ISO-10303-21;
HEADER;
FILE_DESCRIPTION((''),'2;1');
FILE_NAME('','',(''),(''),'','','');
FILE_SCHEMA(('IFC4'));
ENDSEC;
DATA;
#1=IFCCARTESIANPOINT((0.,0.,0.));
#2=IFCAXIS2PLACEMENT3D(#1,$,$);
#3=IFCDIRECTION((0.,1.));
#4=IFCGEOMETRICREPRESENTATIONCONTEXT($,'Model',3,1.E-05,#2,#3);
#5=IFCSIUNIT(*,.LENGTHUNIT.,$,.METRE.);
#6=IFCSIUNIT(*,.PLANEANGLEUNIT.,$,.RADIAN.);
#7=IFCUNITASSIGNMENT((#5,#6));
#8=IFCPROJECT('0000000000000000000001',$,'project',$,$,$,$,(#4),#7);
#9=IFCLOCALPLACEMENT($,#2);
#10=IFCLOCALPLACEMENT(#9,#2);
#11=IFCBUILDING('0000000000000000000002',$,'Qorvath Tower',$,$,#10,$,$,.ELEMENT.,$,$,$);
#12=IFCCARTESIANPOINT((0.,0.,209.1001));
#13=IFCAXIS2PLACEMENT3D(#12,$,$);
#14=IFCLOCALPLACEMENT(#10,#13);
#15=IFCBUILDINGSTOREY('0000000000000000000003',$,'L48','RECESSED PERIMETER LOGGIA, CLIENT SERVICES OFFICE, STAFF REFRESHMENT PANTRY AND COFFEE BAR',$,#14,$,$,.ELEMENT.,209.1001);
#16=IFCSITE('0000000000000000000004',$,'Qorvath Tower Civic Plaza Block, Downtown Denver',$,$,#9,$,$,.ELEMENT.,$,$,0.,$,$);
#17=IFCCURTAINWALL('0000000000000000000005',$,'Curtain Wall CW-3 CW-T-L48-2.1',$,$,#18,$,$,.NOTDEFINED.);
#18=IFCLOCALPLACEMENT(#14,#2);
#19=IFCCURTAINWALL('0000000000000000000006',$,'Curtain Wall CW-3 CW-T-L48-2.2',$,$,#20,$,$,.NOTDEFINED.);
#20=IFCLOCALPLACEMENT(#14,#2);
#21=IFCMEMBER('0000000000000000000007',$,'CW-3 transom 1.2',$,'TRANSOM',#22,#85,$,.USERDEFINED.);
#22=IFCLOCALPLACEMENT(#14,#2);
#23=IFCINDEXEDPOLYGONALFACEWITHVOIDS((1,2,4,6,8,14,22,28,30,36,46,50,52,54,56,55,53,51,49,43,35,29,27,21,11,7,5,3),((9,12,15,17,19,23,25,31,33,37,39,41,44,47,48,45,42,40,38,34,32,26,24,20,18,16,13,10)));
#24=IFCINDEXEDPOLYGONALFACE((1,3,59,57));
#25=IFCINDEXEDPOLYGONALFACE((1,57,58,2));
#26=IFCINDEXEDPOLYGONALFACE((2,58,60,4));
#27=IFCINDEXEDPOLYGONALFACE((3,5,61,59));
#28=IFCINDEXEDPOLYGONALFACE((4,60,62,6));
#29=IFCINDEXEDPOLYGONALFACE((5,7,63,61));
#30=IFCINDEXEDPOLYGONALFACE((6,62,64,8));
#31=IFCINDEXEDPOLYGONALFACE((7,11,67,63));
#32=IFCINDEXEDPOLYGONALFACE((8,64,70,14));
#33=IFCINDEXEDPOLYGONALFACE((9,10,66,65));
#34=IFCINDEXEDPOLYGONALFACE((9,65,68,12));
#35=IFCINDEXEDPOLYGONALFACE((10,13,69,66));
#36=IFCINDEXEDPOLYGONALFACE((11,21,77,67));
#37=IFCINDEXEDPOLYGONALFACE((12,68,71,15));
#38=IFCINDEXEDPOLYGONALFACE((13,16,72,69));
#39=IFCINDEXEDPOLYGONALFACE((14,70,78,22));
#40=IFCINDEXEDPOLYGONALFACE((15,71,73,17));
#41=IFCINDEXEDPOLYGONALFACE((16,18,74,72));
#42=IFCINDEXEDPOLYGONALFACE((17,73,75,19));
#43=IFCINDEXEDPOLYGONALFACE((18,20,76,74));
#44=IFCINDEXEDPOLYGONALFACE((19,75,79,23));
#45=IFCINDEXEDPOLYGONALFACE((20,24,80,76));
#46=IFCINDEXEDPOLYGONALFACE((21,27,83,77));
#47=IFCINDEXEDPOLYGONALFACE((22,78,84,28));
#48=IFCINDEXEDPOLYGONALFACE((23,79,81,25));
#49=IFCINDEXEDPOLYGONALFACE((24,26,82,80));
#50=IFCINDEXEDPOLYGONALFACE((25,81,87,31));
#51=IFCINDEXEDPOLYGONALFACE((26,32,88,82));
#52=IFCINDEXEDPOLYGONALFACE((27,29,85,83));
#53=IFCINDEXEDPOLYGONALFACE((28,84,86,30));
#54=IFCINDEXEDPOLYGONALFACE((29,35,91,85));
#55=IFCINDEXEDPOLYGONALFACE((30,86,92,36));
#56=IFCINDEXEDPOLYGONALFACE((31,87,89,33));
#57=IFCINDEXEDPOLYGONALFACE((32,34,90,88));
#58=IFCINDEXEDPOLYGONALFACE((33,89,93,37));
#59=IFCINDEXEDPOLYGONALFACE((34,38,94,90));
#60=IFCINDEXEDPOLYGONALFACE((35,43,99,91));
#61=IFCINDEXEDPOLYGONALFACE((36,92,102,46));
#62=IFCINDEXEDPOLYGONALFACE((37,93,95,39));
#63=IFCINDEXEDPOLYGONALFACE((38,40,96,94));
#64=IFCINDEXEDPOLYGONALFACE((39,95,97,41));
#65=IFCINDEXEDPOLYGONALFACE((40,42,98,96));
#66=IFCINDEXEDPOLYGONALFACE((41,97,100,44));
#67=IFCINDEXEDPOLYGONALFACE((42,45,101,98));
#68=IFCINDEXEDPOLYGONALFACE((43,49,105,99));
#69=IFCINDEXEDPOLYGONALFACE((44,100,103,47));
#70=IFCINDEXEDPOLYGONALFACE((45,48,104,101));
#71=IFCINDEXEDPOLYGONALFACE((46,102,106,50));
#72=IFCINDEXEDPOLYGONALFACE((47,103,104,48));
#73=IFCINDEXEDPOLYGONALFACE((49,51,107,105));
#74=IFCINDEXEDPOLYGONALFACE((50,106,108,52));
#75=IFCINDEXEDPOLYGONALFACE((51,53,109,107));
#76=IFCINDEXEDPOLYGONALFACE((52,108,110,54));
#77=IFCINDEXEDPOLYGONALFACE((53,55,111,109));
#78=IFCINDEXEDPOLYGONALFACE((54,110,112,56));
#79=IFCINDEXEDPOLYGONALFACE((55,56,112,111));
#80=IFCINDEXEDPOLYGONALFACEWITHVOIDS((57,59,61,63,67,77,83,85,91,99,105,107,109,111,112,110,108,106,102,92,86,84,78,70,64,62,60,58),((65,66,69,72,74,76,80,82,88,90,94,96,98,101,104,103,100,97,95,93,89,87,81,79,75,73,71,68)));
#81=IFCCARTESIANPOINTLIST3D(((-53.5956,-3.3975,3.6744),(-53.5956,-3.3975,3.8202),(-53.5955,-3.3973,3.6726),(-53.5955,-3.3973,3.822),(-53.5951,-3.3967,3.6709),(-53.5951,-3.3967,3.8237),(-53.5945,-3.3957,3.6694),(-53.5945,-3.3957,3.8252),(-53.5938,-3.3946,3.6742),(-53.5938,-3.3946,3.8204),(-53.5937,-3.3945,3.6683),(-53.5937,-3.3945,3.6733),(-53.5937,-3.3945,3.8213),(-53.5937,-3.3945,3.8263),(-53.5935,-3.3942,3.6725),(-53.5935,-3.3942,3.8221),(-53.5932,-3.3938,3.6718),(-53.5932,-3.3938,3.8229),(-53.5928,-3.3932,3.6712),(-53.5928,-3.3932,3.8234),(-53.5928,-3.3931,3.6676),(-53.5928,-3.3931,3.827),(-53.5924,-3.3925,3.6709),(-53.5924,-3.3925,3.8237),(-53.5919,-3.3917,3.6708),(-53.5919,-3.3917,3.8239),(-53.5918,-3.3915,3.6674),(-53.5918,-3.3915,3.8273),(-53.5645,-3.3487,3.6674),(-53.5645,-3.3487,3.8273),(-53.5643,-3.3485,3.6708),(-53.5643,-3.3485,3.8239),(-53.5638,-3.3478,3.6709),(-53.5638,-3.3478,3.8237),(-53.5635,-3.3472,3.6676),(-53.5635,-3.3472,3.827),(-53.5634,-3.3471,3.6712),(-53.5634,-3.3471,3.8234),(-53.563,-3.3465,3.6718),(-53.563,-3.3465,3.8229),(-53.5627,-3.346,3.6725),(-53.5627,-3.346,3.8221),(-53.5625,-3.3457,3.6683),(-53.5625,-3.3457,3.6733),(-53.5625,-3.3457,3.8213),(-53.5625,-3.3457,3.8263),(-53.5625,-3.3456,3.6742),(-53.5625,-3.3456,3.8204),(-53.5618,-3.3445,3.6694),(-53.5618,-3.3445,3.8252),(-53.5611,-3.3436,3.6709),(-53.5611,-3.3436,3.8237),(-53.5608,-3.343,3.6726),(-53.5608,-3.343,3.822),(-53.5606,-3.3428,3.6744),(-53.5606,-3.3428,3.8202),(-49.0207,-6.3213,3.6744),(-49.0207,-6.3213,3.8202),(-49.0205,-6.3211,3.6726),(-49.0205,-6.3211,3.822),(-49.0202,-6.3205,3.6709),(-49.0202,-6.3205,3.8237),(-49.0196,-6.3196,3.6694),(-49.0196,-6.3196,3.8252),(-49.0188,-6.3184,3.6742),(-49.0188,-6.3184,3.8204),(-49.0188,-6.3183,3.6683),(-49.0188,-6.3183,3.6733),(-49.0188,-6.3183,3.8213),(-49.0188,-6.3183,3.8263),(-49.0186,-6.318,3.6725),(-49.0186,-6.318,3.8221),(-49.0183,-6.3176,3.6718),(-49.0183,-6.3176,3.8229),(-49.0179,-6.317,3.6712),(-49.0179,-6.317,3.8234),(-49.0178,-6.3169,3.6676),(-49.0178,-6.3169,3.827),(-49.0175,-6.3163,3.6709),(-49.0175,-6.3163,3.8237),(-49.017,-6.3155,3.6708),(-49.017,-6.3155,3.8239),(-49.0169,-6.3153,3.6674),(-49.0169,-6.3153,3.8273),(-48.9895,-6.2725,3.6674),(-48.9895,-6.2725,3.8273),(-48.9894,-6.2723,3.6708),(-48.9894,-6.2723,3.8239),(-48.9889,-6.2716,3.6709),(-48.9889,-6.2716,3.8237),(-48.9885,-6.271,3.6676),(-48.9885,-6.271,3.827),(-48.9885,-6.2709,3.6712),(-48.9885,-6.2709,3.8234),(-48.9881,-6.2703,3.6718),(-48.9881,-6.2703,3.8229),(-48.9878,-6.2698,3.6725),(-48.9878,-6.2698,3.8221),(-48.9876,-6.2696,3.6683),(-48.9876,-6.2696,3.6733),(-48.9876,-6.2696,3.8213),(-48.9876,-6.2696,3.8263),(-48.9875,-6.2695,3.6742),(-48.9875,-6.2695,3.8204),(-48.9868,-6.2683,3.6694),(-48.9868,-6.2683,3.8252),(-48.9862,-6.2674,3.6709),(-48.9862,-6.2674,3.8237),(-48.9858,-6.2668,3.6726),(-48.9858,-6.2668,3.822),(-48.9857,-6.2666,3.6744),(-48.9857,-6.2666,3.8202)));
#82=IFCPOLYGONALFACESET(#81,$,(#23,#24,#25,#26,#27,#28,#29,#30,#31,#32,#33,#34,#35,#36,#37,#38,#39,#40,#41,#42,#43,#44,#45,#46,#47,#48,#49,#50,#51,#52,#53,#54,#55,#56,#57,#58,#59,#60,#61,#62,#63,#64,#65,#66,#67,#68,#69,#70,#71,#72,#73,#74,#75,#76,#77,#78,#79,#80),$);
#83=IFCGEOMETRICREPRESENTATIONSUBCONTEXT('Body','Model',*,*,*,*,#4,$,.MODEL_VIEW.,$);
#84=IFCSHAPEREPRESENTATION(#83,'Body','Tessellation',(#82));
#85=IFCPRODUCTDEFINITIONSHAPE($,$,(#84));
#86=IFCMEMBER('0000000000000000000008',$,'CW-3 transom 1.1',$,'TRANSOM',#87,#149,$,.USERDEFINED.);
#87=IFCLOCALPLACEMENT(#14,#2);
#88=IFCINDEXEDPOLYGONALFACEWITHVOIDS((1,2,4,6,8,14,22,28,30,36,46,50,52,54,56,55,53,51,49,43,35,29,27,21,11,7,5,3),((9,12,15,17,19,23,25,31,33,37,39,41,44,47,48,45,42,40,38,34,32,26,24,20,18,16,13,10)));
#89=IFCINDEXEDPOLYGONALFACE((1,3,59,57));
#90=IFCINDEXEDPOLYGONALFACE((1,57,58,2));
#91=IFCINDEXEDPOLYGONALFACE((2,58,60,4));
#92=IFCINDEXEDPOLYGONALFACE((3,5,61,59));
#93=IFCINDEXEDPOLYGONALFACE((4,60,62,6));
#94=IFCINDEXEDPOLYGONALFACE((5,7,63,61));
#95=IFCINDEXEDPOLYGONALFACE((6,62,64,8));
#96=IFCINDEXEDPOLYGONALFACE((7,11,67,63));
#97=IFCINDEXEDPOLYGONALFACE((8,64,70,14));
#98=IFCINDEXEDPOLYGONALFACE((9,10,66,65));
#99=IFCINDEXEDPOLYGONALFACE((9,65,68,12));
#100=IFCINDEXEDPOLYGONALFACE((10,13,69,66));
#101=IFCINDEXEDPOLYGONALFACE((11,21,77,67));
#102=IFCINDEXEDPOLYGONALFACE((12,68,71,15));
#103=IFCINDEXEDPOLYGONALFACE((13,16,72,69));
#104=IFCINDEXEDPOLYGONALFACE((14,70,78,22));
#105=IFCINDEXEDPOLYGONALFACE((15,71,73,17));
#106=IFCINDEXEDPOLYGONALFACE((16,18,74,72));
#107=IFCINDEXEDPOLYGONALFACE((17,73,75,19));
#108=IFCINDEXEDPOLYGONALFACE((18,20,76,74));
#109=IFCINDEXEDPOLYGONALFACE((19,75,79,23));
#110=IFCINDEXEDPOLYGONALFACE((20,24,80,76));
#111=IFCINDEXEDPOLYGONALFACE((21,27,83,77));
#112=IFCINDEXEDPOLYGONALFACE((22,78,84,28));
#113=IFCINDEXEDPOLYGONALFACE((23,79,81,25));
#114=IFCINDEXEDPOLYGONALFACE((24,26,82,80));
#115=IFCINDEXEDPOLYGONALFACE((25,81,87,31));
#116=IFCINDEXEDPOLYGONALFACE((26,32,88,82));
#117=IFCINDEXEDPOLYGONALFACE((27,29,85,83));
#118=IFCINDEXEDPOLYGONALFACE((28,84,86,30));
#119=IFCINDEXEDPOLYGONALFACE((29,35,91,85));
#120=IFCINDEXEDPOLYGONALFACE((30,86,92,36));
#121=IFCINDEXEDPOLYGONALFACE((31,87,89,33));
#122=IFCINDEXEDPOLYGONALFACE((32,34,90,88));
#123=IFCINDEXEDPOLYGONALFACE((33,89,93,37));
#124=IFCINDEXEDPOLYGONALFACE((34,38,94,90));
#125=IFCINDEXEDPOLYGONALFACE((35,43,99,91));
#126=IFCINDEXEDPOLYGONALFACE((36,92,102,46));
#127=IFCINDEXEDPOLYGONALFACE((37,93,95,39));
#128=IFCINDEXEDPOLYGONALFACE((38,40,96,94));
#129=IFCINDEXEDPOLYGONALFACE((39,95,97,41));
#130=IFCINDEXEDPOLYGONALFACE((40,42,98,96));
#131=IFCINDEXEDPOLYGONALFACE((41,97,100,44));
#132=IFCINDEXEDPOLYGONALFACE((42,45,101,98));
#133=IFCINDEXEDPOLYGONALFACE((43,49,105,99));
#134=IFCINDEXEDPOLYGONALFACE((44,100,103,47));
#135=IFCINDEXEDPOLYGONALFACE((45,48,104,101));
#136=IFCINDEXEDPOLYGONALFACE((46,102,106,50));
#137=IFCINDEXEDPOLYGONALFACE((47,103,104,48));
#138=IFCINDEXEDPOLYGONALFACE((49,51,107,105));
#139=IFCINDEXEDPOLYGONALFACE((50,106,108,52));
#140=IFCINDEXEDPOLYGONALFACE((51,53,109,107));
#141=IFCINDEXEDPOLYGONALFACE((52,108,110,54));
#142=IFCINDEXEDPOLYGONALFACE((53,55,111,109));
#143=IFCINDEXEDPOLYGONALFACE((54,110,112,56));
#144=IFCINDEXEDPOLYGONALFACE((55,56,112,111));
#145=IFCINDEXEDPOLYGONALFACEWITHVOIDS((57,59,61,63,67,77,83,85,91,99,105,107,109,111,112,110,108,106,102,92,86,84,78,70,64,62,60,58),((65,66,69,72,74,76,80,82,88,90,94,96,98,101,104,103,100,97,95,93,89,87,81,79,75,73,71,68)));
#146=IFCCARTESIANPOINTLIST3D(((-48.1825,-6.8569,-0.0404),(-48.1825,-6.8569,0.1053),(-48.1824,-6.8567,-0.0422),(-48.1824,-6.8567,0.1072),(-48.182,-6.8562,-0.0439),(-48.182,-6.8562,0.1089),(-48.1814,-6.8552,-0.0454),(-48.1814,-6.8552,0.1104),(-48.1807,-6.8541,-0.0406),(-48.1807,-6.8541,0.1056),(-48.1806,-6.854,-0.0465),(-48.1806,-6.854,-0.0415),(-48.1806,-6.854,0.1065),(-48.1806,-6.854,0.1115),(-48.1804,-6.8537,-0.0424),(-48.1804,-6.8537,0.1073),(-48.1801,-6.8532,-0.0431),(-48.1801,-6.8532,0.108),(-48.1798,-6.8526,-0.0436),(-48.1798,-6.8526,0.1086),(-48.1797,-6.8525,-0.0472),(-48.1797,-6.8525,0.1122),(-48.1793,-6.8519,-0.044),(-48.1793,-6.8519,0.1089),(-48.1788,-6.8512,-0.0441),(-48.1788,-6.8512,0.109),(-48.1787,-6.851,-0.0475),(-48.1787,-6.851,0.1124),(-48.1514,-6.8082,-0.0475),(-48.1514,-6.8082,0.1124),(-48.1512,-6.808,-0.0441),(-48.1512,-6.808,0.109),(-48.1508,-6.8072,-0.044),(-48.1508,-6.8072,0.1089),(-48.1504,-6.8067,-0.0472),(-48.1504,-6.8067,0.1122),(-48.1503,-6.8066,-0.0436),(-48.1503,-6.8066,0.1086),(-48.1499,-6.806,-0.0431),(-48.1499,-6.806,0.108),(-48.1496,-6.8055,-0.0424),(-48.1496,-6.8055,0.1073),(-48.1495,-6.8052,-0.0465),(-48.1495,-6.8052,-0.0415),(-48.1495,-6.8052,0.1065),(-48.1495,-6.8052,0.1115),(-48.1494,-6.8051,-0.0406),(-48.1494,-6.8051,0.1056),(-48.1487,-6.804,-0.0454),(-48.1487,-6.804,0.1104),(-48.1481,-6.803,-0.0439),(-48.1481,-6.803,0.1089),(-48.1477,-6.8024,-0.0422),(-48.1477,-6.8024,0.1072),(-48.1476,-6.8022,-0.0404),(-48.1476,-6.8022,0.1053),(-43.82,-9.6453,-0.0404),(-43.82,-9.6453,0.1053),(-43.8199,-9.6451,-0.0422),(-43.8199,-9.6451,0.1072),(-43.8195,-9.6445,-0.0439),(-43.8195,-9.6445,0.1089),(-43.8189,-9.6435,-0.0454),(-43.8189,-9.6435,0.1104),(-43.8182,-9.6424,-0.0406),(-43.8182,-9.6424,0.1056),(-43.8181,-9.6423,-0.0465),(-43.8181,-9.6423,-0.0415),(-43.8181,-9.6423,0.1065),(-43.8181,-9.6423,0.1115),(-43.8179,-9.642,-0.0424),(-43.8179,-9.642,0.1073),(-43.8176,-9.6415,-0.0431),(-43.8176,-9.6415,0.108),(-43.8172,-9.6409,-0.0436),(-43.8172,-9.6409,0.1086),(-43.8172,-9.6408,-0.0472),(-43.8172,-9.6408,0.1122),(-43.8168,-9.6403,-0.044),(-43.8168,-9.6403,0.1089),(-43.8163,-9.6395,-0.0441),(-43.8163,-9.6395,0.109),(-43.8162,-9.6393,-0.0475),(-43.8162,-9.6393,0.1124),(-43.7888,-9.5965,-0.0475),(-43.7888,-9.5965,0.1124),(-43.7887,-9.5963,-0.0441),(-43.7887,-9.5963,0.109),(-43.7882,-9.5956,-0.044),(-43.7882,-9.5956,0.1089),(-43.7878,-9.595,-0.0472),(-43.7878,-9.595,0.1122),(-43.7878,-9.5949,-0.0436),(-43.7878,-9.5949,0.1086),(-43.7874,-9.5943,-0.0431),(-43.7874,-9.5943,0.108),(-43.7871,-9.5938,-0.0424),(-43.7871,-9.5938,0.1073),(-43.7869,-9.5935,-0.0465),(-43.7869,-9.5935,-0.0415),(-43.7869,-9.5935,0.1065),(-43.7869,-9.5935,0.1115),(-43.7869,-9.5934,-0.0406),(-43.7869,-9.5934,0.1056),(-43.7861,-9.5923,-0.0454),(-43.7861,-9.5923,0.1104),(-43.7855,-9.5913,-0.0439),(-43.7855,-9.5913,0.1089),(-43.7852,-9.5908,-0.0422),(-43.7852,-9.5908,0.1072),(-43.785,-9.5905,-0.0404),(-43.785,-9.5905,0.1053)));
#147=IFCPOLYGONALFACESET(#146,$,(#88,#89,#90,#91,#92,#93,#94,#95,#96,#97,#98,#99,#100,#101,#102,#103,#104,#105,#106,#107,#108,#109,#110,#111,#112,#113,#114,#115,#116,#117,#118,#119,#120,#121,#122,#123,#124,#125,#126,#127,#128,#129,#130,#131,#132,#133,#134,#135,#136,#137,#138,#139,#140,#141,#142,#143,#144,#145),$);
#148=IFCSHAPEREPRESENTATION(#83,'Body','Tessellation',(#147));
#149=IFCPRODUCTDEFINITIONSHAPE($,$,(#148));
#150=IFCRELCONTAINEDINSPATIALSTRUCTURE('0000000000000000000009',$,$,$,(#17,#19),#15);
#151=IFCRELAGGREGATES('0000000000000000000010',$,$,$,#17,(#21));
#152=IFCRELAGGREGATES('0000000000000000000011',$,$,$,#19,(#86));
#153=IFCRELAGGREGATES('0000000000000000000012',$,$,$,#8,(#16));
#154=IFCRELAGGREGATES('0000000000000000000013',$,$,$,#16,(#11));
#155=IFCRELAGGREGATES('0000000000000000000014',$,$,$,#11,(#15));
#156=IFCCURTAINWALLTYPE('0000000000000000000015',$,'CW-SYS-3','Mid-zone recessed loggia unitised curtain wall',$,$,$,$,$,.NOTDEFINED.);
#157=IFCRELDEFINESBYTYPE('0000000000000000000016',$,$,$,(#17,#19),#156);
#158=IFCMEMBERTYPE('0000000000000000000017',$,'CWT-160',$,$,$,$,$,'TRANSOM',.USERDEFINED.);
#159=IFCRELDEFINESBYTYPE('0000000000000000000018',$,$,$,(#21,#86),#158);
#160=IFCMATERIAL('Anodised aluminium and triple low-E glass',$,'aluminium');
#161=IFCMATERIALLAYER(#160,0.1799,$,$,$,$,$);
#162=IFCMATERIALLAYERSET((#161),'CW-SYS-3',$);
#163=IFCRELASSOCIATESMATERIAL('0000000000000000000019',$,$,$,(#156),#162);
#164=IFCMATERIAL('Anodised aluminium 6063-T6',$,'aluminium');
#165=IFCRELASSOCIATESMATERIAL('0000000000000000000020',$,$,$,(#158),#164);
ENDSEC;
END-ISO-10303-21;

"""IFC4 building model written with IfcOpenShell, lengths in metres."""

from ifc_helpers import new_model, si_unit, direction, frame, origin, origin_2d, place, context, subcontext, project, spatial, hollow_rectangle, extrude, material, layer, layer_set, material_profile, profile_set, type_object, element, aggregate, save


model = new_model("IFC4")

# Units and contexts
model_context = context("Model", 3, precision=1e-05, world=origin(), true_north=direction((0.0, 1.0)))
body_context = subcontext(model_context, "Body", "Model", "MODEL_VIEW")
ifc_project = project(units=[si_unit("LENGTHUNIT", "METRE"), si_unit("PLANEANGLEUNIT", "RADIAN")], contexts=[model_context])

# Site, building, storey
site_placement = place(None, origin())
site = spatial("IfcSite", under=ifc_project, at=site_placement, Name="Qorvath Tower Civic Plaza Block, Downtown Denver", CompositionType="ELEMENT", RefElevation=0.0)
building_placement = place(site_placement, origin())
building = spatial("IfcBuilding", under=site, at=building_placement, Name="Qorvath Tower", CompositionType="ELEMENT")
storey_placement = place(building_placement, frame((0.0, 0.0, 209.1001)))
storey = spatial("IfcBuildingStorey", under=building, at=storey_placement, Name="L48", Description="RECESSED PERIMETER LOGGIA, CLIENT SERVICES OFFICE, STAFF REFRESHMENT PANTRY AND COFFEE BAR", CompositionType="ELEMENT", Elevation=209.1001)

# Curtain walls
ifc_material_1 = material(Name="Anodised aluminium and triple low-E glass", Category="aluminium")
ifc_layer_1 = layer(ifc_material_1, 0.1799)
ifc_layer_set_1 = layer_set([ifc_layer_1], Name="CW-SYS-3")
curtain_wall_type = type_object("IfcCurtainWallType", Name="CW-SYS-3", Description="Mid-zone recessed loggia unitised curtain wall", PredefinedType="NOTDEFINED", material=ifc_layer_set_1)
curtain_wall_1_placement = place(storey_placement, origin())
curtain_wall_1 = element("IfcCurtainWall", 1, at=curtain_wall_1_placement, inside=storey, type_object=curtain_wall_type, Name="Curtain Wall CW-3 CW-T-L48-2.1", PredefinedType="NOTDEFINED")
curtain_wall_2_placement = place(storey_placement, origin())
curtain_wall_2 = element("IfcCurtainWall", 2, at=curtain_wall_2_placement, inside=storey, type_object=curtain_wall_type, Name="Curtain Wall CW-3 CW-T-L48-2.2", PredefinedType="NOTDEFINED")

# Members
ifc_material_2 = material(Name="Anodised aluminium 6063-T6", Category="aluminium")
ifc_material_profile_1 = material_profile(ifc_material_2, hollow_rectangle(XDim=0.0649, YDim=0.1599, WallThickness=0.0034, InnerFilletRadius=0.0034, OuterFilletRadius=0.0071, at=origin_2d()), Name="CWT 160x65")
ifc_profile_set_1 = profile_set([ifc_material_profile_1], Name="Anodised aluminium 6063-T6")
member_type_1 = type_object("IfcMemberType", Name="CWT-160", ElementType="TRANSOM", PredefinedType="USERDEFINED", material=ifc_profile_set_1)
member_1_placement = place(storey_placement, frame((-53.5781, -3.3701, 3.7473), z_axis=(0.842617, -0.538513, 0.0), x_axis=(0.538513, 0.842617, 0.0)))
member_1 = element("IfcMember", 3, at=member_1_placement, type_object=member_type_1, Name="CW-3 transom 1.2", ObjectType="TRANSOM", PredefinedType="USERDEFINED", context=body_context, shape_type="SweptSolid", body=[
    extrude(hollow_rectangle(XDim=0.0649, YDim=0.1599, WallThickness=0.0034, InnerFilletRadius=0.0034, OuterFilletRadius=0.0071, at=origin_2d()), origin(), (0.0, 0.0, 1.0), 5.4294),
])
member_2_placement = place(storey_placement, frame((-48.165, -6.8296, 0.0325), z_axis=(0.842596, -0.538546, 0.0), x_axis=(0.538546, 0.842596, 0.0)))
member_2 = element("IfcMember", 4, at=member_2_placement, type_object=member_type_1, Name="CW-3 transom 1.1", ObjectType="TRANSOM", PredefinedType="USERDEFINED", context=body_context, shape_type="SweptSolid", body=[
    extrude(hollow_rectangle(XDim=0.0649, YDim=0.1599, WallThickness=0.0034, InnerFilletRadius=0.0034, OuterFilletRadius=0.0071, at=origin_2d()), origin(), (0.0, 0.0, 1.0), 5.1775),
])

aggregate(curtain_wall_1, [member_1])
aggregate(curtain_wall_2, [member_2])

save(model, "model.ifc")
